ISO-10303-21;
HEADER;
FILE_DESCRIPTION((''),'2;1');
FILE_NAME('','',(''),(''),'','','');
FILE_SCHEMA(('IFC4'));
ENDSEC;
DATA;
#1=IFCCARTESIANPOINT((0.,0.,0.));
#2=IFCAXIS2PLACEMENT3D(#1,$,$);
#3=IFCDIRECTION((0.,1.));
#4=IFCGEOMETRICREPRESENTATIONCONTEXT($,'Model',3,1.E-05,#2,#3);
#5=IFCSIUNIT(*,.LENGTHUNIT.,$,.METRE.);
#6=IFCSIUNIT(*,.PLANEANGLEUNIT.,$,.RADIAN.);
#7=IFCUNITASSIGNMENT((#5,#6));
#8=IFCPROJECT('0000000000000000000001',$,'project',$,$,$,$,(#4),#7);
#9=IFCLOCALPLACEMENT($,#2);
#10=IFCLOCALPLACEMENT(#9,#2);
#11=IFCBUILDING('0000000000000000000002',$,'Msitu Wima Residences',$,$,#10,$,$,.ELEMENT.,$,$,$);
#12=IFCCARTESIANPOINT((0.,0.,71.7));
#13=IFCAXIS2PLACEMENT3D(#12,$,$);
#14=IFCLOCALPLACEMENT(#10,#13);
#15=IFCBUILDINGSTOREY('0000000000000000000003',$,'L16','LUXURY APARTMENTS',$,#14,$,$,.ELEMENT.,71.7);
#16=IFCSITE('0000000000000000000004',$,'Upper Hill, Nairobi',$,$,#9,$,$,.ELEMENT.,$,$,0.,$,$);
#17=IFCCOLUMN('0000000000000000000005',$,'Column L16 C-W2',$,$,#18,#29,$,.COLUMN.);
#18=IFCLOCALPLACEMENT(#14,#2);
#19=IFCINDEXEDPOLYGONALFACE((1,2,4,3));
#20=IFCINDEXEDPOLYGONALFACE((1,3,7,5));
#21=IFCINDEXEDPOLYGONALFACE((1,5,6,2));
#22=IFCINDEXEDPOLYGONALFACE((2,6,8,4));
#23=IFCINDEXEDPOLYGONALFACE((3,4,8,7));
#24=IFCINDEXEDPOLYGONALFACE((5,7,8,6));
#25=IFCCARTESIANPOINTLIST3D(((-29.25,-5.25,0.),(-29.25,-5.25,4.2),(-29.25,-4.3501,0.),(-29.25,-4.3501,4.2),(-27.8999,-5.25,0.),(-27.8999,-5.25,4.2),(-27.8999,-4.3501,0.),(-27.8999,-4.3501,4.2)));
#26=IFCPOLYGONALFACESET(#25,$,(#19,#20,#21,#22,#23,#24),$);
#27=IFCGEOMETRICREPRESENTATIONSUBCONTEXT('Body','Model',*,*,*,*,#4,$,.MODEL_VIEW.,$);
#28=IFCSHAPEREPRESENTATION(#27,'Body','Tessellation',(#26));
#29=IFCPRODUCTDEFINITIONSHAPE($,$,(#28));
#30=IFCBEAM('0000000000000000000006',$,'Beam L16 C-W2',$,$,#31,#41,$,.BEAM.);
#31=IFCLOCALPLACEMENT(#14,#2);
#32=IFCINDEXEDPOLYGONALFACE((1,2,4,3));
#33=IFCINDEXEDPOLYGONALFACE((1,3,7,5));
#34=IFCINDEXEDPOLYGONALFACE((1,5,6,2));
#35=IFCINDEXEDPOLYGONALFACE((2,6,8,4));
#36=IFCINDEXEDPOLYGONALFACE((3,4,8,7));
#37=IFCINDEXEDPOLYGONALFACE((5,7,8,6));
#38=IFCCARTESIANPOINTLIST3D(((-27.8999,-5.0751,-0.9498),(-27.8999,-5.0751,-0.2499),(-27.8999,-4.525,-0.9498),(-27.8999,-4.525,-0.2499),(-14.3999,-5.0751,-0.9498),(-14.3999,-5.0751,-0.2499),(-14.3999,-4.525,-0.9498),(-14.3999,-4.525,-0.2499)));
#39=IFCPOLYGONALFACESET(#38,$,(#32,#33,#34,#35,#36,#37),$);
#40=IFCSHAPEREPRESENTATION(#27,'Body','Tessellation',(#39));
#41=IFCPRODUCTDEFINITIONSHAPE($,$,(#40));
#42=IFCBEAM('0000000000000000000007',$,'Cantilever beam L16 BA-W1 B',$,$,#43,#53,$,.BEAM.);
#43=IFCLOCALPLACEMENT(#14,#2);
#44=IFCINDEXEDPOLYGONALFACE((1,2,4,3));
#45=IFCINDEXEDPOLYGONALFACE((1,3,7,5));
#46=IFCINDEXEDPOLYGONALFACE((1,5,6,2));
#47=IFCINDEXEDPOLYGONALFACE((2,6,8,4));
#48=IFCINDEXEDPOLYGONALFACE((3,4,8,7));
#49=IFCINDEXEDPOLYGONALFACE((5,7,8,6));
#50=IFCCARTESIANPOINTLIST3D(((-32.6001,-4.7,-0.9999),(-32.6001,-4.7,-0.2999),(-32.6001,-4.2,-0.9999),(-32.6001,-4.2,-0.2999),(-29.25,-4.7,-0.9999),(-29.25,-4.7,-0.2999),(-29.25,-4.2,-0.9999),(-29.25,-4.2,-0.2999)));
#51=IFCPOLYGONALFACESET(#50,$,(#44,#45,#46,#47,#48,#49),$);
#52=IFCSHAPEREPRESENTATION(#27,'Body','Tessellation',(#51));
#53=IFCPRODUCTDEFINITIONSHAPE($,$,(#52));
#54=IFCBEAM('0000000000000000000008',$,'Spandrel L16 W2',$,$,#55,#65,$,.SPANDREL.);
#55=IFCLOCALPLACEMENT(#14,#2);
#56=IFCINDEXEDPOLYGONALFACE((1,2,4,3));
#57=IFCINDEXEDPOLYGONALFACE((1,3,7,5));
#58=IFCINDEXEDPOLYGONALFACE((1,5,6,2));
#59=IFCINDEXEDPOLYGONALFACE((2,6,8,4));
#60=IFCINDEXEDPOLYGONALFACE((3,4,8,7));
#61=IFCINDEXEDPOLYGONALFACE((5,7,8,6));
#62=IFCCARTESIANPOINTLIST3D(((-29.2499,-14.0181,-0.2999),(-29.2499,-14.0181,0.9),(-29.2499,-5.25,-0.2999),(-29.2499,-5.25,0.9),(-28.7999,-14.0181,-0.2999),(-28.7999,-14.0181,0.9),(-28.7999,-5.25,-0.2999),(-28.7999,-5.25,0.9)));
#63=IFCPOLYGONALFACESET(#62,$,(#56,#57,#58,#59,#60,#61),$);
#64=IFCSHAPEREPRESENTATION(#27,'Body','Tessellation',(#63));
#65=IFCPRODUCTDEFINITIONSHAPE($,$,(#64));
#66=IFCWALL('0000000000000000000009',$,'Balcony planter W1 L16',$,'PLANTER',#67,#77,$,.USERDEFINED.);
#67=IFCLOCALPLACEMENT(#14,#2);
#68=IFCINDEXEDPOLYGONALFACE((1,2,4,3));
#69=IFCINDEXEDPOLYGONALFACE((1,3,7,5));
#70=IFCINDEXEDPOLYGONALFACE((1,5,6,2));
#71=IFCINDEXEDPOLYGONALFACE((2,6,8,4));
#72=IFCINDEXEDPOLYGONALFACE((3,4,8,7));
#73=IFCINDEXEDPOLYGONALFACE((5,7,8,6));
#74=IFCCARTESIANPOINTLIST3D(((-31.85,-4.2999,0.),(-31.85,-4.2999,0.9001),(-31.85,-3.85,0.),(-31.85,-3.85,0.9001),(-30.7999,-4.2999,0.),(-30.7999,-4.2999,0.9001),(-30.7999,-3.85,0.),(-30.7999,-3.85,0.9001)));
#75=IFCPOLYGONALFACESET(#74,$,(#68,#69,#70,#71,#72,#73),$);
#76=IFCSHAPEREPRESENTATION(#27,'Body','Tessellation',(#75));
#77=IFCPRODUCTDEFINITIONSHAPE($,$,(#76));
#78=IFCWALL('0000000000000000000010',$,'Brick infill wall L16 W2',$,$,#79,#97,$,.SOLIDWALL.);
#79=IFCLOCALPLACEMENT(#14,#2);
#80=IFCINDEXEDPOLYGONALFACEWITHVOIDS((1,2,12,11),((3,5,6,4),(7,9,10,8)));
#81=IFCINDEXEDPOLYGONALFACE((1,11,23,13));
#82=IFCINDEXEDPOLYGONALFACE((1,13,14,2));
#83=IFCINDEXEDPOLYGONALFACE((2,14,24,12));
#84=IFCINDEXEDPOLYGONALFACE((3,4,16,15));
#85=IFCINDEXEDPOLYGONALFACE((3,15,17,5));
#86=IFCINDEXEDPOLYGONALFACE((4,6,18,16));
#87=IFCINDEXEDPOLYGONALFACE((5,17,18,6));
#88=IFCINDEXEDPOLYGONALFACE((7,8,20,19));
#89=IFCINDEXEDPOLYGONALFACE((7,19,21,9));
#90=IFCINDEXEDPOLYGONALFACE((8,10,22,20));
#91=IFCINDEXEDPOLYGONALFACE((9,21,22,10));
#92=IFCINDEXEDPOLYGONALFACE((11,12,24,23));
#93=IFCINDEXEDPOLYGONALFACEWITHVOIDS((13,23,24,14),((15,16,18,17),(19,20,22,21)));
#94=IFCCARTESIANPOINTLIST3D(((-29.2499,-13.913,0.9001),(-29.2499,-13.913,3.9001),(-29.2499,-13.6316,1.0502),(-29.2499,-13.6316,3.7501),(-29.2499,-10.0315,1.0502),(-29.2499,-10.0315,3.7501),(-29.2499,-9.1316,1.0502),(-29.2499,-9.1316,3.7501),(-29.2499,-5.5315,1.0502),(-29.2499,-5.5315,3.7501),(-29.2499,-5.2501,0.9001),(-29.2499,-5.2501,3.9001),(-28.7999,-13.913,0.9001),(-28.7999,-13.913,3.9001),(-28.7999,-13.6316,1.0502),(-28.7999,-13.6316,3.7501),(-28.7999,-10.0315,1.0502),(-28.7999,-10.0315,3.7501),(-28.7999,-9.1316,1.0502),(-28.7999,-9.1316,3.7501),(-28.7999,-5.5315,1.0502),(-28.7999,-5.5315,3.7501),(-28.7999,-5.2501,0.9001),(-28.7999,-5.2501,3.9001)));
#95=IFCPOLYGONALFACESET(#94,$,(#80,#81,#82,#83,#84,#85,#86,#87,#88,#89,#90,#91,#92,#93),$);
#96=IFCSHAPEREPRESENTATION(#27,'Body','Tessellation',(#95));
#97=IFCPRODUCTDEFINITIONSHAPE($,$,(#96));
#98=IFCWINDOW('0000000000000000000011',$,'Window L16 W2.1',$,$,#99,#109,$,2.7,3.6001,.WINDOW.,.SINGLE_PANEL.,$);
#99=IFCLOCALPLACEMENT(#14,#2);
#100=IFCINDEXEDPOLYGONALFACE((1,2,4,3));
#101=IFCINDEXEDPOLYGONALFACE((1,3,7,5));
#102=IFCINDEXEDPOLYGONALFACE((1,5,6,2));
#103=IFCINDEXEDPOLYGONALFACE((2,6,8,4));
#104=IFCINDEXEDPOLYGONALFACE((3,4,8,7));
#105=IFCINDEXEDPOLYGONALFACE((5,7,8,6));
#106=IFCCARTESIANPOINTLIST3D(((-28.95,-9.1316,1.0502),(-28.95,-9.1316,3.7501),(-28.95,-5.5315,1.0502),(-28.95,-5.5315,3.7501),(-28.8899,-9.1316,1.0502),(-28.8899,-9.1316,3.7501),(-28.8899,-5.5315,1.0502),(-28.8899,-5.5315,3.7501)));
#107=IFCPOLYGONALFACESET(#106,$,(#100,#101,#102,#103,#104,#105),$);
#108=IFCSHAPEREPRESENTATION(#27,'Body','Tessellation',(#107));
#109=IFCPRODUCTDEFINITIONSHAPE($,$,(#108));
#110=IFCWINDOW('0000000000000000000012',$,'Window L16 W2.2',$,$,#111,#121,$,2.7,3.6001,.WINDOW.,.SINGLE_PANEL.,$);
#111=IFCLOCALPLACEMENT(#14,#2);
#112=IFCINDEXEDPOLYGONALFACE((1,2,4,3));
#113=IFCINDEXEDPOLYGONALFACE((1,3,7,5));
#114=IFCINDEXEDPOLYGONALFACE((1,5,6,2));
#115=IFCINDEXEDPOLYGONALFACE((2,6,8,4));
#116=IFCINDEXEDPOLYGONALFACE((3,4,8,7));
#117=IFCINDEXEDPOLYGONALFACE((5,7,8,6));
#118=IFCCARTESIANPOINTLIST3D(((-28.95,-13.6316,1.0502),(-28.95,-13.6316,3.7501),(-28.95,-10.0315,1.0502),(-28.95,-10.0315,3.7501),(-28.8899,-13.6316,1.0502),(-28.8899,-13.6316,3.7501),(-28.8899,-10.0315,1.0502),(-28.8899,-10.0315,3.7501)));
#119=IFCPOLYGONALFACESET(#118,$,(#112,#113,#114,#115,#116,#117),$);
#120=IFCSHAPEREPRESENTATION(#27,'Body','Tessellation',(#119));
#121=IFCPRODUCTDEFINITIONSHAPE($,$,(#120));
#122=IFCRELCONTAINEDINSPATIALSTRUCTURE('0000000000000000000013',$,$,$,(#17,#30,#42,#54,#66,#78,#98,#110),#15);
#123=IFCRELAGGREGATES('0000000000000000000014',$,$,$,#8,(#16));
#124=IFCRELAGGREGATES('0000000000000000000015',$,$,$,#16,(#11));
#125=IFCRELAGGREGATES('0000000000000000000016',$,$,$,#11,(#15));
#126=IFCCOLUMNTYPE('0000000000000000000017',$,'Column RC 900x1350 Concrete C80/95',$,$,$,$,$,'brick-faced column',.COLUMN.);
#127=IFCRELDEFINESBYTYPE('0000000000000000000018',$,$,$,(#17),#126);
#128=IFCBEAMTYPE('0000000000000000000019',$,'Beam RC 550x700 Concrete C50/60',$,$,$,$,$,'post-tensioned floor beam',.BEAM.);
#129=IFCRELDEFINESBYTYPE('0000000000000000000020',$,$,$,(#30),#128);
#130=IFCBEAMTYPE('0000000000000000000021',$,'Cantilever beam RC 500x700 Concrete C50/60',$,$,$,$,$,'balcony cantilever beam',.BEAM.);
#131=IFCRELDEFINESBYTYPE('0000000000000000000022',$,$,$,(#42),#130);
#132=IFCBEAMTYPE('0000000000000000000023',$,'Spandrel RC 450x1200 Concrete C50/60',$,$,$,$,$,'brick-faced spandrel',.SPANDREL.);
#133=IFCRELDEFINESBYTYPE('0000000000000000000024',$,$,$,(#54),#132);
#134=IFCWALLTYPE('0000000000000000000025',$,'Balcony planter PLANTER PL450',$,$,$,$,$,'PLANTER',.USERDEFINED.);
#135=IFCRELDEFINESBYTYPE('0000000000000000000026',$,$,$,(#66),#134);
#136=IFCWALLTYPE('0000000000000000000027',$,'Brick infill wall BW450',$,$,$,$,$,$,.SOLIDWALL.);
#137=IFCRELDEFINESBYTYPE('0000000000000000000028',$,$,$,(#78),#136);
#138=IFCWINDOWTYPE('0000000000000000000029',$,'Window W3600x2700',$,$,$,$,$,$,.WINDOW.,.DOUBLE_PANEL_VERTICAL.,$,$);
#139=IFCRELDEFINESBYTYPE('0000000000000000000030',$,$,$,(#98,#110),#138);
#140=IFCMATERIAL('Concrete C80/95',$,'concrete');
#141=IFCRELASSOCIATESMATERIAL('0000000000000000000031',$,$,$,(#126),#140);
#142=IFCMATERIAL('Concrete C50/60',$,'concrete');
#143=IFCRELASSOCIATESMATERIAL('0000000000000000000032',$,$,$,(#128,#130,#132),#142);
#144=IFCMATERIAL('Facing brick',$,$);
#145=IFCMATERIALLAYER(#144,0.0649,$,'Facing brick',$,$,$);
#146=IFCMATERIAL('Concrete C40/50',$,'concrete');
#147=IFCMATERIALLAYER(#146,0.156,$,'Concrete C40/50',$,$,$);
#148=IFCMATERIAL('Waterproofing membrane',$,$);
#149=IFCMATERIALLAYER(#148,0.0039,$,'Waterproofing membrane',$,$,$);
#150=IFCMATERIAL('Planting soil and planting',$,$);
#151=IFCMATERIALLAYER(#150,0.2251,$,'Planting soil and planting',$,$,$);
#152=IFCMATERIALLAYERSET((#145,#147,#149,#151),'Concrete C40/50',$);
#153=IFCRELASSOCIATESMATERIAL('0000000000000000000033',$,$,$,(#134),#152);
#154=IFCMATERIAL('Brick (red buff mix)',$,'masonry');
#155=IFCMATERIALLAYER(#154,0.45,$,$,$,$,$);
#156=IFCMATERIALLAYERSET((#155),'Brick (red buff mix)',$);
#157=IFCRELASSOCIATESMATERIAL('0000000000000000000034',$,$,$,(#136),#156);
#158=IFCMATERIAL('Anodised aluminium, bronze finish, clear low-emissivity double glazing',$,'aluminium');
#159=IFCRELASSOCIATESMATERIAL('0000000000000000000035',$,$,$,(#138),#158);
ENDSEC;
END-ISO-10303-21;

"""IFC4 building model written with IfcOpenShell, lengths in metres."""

from ifc_helpers import new_model, si_unit, direction, frame, frame_2d, origin, origin_2d, place, context, subcontext, project, spatial, rectangle, extrude, material, layer, layer_set, material_profile, profile_set, type_object, element, fill, save


model = new_model("IFC4")

# Units and contexts
model_context = context("Model", 3, precision=1e-05, world=origin(), true_north=direction((0.0, 1.0)))
body_context = subcontext(model_context, "Body", "Model", "MODEL_VIEW")
ifc_project = project(units=[si_unit("LENGTHUNIT", "METRE"), si_unit("PLANEANGLEUNIT", "RADIAN")], contexts=[model_context])

# Site, building, storey
site_placement = place(None, origin())
site = spatial("IfcSite", under=ifc_project, at=site_placement, Name="Upper Hill, Nairobi", CompositionType="ELEMENT", RefElevation=0.0)
building_placement = place(site_placement, origin())
building = spatial("IfcBuilding", under=site, at=building_placement, Name="Msitu Wima Residences", CompositionType="ELEMENT")
storey_placement = place(building_placement, frame((0.0, 0.0, 71.7)))
storey = spatial("IfcBuildingStorey", under=building, at=storey_placement, Name="L16", Description="LUXURY APARTMENTS", CompositionType="ELEMENT", Elevation=71.7)

# Column
ifc_material_1 = material(Name="Concrete C80/95", Category="concrete")
ifc_material_profile_1 = material_profile(ifc_material_1, rectangle(XDim=0.8999, YDim=1.3501, at=origin_2d()), Name="RC 900x1350")
ifc_profile_set_1 = profile_set([ifc_material_profile_1], Name="Concrete C80/95")
column_type = type_object("IfcColumnType", Name="Column RC 900x1350 Concrete C80/95", ElementType="brick-faced column", PredefinedType="COLUMN", material=ifc_profile_set_1)
column_placement = place(storey_placement, frame((-28.575, -4.8, 0.0), z_axis=(0.0, 0.0, 1.0), x_axis=(0.0, -1.0, 0.0)))
element("IfcColumn", 1, at=column_placement, inside=storey, type_object=column_type, Name="Column L16 C-W2", PredefinedType="COLUMN", context=body_context, shape_type="SweptSolid", body=[
    extrude(rectangle(XDim=0.8999, YDim=1.3501, at=origin_2d()), origin(), (0.0, 0.0, 1.0), 4.2),
])

# Beams
ifc_material_2 = material(Name="Concrete C50/60", Category="concrete")
ifc_material_profile_2 = material_profile(ifc_material_2, rectangle(XDim=0.55, YDim=0.7, at=origin_2d()), Name="RC 550x700")
ifc_profile_set_2 = profile_set([ifc_material_profile_2], Name="Concrete C50/60")
beam_type_1 = type_object("IfcBeamType", Name="Beam RC 550x700 Concrete C50/60", ElementType="post-tensioned floor beam", PredefinedType="BEAM", material=ifc_profile_set_2)
beam_1_placement = place(storey_placement, frame((-27.8999, -4.8, -0.5999), z_axis=(1.0, 0.0, 0.0), x_axis=(0.0, 1.0, 0.0)))
element("IfcBeam", 2, at=beam_1_placement, inside=storey, type_object=beam_type_1, Name="Beam L16 C-W2", PredefinedType="BEAM", context=body_context, shape_type="SweptSolid", body=[
    extrude(rectangle(XDim=0.55, YDim=0.7, at=origin_2d()), origin(), (0.0, 0.0, 1.0), 13.5),
])
ifc_material_profile_3 = material_profile(ifc_material_2, rectangle(XDim=0.5, YDim=0.7, at=origin_2d()), Name="RC 500x700")
ifc_profile_set_3 = profile_set([ifc_material_profile_3], Name="Concrete C50/60")
beam_type_2 = type_object("IfcBeamType", Name="Cantilever beam RC 500x700 Concrete C50/60", ElementType="balcony cantilever beam", PredefinedType="BEAM", material=ifc_profile_set_3)
beam_2_placement = place(storey_placement, frame((-29.25, -4.45, -0.6499), z_axis=(-1.0, 0.0, 0.0), x_axis=(0.0, -1.0, 0.0)))
element("IfcBeam", 3, at=beam_2_placement, inside=storey, type_object=beam_type_2, Name="Cantilever beam L16 BA-W1 B", PredefinedType="BEAM", context=body_context, shape_type="SweptSolid", body=[
    extrude(rectangle(XDim=0.5, YDim=0.7, at=origin_2d()), origin(), (0.0, 0.0, 1.0), 3.3501),
])
ifc_material_profile_4 = material_profile(ifc_material_2, rectangle(XDim=0.45, YDim=1.2, at=origin_2d()), Name="RC 450x1200")
ifc_profile_set_4 = profile_set([ifc_material_profile_4], Name="Concrete C50/60")
beam_type_3 = type_object("IfcBeamType", Name="Spandrel RC 450x1200 Concrete C50/60", ElementType="brick-faced spandrel", PredefinedType="SPANDREL", material=ifc_profile_set_4)
beam_3_placement = place(storey_placement, frame((-29.0249, -5.25, 0.3), z_axis=(0.0, -1.0, 0.0), x_axis=(1.0, 0.0, 0.0)))
element("IfcBeam", 4, at=beam_3_placement, inside=storey, type_object=beam_type_3, Name="Spandrel L16 W2", PredefinedType="SPANDREL", context=body_context, shape_type="SweptSolid", body=[
    extrude(rectangle(XDim=0.45, YDim=1.2, at=origin_2d()), origin(), (0.0, 0.0, 1.0), 8.7681),
])

# Wall
ifc_material_3 = material(Name="Facing brick")
ifc_layer_1 = layer(ifc_material_3, 0.0649, Name="Facing brick")
ifc_material_4 = material(Name="Concrete C40/50", Category="concrete")
ifc_layer_2 = layer(ifc_material_4, 0.156, Name="Concrete C40/50")
ifc_material_5 = material(Name="Waterproofing membrane")
ifc_layer_3 = layer(ifc_material_5, 0.0039, Name="Waterproofing membrane")
ifc_material_6 = material(Name="Planting soil and planting")
ifc_layer_4 = layer(ifc_material_6, 0.2251, Name="Planting soil and planting")
ifc_layer_set_1 = layer_set([ifc_layer_1, ifc_layer_2, ifc_layer_3, ifc_layer_4], Name="Concrete C40/50")
wall_type_1 = type_object("IfcWallType", Name="Balcony planter PLANTER PL450", ElementType="PLANTER", PredefinedType="USERDEFINED", material=ifc_layer_set_1)
wall_1_placement = place(storey_placement, frame((-30.8, -4.075, 0.0), z_axis=(0.0, 0.0, 1.0), x_axis=(-1.0, 0.0, 0.0)))
element("IfcWall", 5, at=wall_1_placement, inside=storey, type_object=wall_type_1, Name="Balcony planter W1 L16", ObjectType="PLANTER", PredefinedType="USERDEFINED", context=body_context, shape_type="SweptSolid", body=[
    extrude(rectangle(XDim=1.05, YDim=0.45, at=frame_2d((0.5249, 0.0))), origin(), (0.0, 0.0, 1.0), 0.9001),
])

# Wall, openings, windows
ifc_material_7 = material(Name="Brick (red buff mix)", Category="masonry")
ifc_layer_5 = layer(ifc_material_7, 0.45)
ifc_layer_set_2 = layer_set([ifc_layer_5], Name="Brick (red buff mix)")
wall_type_2 = type_object("IfcWallType", Name="Brick infill wall BW450", PredefinedType="SOLIDWALL", material=ifc_layer_set_2)
wall_2_placement = place(storey_placement, frame((-29.0249, -5.25, 0.9001), z_axis=(0.0, 0.0, 1.0), x_axis=(0.0, -1.0, 0.0)))
wall_2 = element("IfcWall", 6, at=wall_2_placement, inside=storey, type_object=wall_type_2, Name="Brick infill wall L16 W2", PredefinedType="SOLIDWALL", context=body_context, shape_type="SweptSolid", body=[
    extrude(rectangle(XDim=8.6628, YDim=0.45, at=frame_2d((4.3315, 0.0))), origin(), (0.0, 0.0, 1.0), 3.0),
])
opening_1_placement = place(wall_2_placement, frame((0.2815, 0.0, 0.1499)))
opening_1 = element("IfcOpeningElement", 7, at=opening_1_placement, cuts=wall_2, PredefinedType="OPENING", context=body_context, shape_type="SweptSolid", body=[
    extrude(rectangle(XDim=3.6001, YDim=2.7, at=frame_2d((1.8, 1.3501))), frame((0.0, 0.2349, 0.0), z_axis=(0.0, -1.0, 0.0), x_axis=(1.0, 0.0, 0.0)), (0.0, 0.0, 1.0), 0.47),
])
opening_2_placement = place(wall_2_placement, frame((4.7815, 0.0, 0.1499)))
opening_2 = element("IfcOpeningElement", 8, at=opening_2_placement, cuts=wall_2, PredefinedType="OPENING", context=body_context, shape_type="SweptSolid", body=[
    extrude(rectangle(XDim=3.6001, YDim=2.7, at=frame_2d((1.8, 1.3501))), frame((0.0, 0.2349, 0.0), z_axis=(0.0, -1.0, 0.0), x_axis=(1.0, 0.0, 0.0)), (0.0, 0.0, 1.0), 0.47),
])
ifc_material_8 = material(Name="Anodised aluminium, bronze finish, clear low-emissivity double glazing", Category="aluminium")
window_type = type_object("IfcWindowType", Name="Window W3600x2700", PartitioningType="DOUBLE_PANEL_VERTICAL", PredefinedType="WINDOW", material=ifc_material_8)
window_1_placement = place(opening_1_placement, origin())
window_1 = element("IfcWindow", 9, at=window_1_placement, inside=storey, type_object=window_type, Name="Window L16 W2.1", OverallHeight=2.7, OverallWidth=3.6001, PartitioningType="SINGLE_PANEL", PredefinedType="WINDOW", context=body_context, shape_type="SweptSolid", body=[
    extrude(rectangle(XDim=3.6001, YDim=2.7, at=frame_2d((1.8, 1.3501))), frame((0.0, 0.135, 0.0), z_axis=(0.0, -1.0, 0.0), x_axis=(1.0, 0.0, 0.0)), (0.0, 0.0, 1.0), 0.0601),
])
fill(opening_1, window_1)
window_2_placement = place(opening_2_placement, origin())
window_2 = element("IfcWindow", 10, at=window_2_placement, inside=storey, type_object=window_type, Name="Window L16 W2.2", OverallHeight=2.7, OverallWidth=3.6001, PartitioningType="SINGLE_PANEL", PredefinedType="WINDOW", context=body_context, shape_type="SweptSolid", body=[
    extrude(rectangle(XDim=3.6001, YDim=2.7, at=frame_2d((1.8, 1.3501))), frame((0.0, 0.135, 0.0), z_axis=(0.0, -1.0, 0.0), x_axis=(1.0, 0.0, 0.0)), (0.0, 0.0, 1.0), 0.0601),
])
fill(opening_2, window_2)

save(model, "model.ifc")
